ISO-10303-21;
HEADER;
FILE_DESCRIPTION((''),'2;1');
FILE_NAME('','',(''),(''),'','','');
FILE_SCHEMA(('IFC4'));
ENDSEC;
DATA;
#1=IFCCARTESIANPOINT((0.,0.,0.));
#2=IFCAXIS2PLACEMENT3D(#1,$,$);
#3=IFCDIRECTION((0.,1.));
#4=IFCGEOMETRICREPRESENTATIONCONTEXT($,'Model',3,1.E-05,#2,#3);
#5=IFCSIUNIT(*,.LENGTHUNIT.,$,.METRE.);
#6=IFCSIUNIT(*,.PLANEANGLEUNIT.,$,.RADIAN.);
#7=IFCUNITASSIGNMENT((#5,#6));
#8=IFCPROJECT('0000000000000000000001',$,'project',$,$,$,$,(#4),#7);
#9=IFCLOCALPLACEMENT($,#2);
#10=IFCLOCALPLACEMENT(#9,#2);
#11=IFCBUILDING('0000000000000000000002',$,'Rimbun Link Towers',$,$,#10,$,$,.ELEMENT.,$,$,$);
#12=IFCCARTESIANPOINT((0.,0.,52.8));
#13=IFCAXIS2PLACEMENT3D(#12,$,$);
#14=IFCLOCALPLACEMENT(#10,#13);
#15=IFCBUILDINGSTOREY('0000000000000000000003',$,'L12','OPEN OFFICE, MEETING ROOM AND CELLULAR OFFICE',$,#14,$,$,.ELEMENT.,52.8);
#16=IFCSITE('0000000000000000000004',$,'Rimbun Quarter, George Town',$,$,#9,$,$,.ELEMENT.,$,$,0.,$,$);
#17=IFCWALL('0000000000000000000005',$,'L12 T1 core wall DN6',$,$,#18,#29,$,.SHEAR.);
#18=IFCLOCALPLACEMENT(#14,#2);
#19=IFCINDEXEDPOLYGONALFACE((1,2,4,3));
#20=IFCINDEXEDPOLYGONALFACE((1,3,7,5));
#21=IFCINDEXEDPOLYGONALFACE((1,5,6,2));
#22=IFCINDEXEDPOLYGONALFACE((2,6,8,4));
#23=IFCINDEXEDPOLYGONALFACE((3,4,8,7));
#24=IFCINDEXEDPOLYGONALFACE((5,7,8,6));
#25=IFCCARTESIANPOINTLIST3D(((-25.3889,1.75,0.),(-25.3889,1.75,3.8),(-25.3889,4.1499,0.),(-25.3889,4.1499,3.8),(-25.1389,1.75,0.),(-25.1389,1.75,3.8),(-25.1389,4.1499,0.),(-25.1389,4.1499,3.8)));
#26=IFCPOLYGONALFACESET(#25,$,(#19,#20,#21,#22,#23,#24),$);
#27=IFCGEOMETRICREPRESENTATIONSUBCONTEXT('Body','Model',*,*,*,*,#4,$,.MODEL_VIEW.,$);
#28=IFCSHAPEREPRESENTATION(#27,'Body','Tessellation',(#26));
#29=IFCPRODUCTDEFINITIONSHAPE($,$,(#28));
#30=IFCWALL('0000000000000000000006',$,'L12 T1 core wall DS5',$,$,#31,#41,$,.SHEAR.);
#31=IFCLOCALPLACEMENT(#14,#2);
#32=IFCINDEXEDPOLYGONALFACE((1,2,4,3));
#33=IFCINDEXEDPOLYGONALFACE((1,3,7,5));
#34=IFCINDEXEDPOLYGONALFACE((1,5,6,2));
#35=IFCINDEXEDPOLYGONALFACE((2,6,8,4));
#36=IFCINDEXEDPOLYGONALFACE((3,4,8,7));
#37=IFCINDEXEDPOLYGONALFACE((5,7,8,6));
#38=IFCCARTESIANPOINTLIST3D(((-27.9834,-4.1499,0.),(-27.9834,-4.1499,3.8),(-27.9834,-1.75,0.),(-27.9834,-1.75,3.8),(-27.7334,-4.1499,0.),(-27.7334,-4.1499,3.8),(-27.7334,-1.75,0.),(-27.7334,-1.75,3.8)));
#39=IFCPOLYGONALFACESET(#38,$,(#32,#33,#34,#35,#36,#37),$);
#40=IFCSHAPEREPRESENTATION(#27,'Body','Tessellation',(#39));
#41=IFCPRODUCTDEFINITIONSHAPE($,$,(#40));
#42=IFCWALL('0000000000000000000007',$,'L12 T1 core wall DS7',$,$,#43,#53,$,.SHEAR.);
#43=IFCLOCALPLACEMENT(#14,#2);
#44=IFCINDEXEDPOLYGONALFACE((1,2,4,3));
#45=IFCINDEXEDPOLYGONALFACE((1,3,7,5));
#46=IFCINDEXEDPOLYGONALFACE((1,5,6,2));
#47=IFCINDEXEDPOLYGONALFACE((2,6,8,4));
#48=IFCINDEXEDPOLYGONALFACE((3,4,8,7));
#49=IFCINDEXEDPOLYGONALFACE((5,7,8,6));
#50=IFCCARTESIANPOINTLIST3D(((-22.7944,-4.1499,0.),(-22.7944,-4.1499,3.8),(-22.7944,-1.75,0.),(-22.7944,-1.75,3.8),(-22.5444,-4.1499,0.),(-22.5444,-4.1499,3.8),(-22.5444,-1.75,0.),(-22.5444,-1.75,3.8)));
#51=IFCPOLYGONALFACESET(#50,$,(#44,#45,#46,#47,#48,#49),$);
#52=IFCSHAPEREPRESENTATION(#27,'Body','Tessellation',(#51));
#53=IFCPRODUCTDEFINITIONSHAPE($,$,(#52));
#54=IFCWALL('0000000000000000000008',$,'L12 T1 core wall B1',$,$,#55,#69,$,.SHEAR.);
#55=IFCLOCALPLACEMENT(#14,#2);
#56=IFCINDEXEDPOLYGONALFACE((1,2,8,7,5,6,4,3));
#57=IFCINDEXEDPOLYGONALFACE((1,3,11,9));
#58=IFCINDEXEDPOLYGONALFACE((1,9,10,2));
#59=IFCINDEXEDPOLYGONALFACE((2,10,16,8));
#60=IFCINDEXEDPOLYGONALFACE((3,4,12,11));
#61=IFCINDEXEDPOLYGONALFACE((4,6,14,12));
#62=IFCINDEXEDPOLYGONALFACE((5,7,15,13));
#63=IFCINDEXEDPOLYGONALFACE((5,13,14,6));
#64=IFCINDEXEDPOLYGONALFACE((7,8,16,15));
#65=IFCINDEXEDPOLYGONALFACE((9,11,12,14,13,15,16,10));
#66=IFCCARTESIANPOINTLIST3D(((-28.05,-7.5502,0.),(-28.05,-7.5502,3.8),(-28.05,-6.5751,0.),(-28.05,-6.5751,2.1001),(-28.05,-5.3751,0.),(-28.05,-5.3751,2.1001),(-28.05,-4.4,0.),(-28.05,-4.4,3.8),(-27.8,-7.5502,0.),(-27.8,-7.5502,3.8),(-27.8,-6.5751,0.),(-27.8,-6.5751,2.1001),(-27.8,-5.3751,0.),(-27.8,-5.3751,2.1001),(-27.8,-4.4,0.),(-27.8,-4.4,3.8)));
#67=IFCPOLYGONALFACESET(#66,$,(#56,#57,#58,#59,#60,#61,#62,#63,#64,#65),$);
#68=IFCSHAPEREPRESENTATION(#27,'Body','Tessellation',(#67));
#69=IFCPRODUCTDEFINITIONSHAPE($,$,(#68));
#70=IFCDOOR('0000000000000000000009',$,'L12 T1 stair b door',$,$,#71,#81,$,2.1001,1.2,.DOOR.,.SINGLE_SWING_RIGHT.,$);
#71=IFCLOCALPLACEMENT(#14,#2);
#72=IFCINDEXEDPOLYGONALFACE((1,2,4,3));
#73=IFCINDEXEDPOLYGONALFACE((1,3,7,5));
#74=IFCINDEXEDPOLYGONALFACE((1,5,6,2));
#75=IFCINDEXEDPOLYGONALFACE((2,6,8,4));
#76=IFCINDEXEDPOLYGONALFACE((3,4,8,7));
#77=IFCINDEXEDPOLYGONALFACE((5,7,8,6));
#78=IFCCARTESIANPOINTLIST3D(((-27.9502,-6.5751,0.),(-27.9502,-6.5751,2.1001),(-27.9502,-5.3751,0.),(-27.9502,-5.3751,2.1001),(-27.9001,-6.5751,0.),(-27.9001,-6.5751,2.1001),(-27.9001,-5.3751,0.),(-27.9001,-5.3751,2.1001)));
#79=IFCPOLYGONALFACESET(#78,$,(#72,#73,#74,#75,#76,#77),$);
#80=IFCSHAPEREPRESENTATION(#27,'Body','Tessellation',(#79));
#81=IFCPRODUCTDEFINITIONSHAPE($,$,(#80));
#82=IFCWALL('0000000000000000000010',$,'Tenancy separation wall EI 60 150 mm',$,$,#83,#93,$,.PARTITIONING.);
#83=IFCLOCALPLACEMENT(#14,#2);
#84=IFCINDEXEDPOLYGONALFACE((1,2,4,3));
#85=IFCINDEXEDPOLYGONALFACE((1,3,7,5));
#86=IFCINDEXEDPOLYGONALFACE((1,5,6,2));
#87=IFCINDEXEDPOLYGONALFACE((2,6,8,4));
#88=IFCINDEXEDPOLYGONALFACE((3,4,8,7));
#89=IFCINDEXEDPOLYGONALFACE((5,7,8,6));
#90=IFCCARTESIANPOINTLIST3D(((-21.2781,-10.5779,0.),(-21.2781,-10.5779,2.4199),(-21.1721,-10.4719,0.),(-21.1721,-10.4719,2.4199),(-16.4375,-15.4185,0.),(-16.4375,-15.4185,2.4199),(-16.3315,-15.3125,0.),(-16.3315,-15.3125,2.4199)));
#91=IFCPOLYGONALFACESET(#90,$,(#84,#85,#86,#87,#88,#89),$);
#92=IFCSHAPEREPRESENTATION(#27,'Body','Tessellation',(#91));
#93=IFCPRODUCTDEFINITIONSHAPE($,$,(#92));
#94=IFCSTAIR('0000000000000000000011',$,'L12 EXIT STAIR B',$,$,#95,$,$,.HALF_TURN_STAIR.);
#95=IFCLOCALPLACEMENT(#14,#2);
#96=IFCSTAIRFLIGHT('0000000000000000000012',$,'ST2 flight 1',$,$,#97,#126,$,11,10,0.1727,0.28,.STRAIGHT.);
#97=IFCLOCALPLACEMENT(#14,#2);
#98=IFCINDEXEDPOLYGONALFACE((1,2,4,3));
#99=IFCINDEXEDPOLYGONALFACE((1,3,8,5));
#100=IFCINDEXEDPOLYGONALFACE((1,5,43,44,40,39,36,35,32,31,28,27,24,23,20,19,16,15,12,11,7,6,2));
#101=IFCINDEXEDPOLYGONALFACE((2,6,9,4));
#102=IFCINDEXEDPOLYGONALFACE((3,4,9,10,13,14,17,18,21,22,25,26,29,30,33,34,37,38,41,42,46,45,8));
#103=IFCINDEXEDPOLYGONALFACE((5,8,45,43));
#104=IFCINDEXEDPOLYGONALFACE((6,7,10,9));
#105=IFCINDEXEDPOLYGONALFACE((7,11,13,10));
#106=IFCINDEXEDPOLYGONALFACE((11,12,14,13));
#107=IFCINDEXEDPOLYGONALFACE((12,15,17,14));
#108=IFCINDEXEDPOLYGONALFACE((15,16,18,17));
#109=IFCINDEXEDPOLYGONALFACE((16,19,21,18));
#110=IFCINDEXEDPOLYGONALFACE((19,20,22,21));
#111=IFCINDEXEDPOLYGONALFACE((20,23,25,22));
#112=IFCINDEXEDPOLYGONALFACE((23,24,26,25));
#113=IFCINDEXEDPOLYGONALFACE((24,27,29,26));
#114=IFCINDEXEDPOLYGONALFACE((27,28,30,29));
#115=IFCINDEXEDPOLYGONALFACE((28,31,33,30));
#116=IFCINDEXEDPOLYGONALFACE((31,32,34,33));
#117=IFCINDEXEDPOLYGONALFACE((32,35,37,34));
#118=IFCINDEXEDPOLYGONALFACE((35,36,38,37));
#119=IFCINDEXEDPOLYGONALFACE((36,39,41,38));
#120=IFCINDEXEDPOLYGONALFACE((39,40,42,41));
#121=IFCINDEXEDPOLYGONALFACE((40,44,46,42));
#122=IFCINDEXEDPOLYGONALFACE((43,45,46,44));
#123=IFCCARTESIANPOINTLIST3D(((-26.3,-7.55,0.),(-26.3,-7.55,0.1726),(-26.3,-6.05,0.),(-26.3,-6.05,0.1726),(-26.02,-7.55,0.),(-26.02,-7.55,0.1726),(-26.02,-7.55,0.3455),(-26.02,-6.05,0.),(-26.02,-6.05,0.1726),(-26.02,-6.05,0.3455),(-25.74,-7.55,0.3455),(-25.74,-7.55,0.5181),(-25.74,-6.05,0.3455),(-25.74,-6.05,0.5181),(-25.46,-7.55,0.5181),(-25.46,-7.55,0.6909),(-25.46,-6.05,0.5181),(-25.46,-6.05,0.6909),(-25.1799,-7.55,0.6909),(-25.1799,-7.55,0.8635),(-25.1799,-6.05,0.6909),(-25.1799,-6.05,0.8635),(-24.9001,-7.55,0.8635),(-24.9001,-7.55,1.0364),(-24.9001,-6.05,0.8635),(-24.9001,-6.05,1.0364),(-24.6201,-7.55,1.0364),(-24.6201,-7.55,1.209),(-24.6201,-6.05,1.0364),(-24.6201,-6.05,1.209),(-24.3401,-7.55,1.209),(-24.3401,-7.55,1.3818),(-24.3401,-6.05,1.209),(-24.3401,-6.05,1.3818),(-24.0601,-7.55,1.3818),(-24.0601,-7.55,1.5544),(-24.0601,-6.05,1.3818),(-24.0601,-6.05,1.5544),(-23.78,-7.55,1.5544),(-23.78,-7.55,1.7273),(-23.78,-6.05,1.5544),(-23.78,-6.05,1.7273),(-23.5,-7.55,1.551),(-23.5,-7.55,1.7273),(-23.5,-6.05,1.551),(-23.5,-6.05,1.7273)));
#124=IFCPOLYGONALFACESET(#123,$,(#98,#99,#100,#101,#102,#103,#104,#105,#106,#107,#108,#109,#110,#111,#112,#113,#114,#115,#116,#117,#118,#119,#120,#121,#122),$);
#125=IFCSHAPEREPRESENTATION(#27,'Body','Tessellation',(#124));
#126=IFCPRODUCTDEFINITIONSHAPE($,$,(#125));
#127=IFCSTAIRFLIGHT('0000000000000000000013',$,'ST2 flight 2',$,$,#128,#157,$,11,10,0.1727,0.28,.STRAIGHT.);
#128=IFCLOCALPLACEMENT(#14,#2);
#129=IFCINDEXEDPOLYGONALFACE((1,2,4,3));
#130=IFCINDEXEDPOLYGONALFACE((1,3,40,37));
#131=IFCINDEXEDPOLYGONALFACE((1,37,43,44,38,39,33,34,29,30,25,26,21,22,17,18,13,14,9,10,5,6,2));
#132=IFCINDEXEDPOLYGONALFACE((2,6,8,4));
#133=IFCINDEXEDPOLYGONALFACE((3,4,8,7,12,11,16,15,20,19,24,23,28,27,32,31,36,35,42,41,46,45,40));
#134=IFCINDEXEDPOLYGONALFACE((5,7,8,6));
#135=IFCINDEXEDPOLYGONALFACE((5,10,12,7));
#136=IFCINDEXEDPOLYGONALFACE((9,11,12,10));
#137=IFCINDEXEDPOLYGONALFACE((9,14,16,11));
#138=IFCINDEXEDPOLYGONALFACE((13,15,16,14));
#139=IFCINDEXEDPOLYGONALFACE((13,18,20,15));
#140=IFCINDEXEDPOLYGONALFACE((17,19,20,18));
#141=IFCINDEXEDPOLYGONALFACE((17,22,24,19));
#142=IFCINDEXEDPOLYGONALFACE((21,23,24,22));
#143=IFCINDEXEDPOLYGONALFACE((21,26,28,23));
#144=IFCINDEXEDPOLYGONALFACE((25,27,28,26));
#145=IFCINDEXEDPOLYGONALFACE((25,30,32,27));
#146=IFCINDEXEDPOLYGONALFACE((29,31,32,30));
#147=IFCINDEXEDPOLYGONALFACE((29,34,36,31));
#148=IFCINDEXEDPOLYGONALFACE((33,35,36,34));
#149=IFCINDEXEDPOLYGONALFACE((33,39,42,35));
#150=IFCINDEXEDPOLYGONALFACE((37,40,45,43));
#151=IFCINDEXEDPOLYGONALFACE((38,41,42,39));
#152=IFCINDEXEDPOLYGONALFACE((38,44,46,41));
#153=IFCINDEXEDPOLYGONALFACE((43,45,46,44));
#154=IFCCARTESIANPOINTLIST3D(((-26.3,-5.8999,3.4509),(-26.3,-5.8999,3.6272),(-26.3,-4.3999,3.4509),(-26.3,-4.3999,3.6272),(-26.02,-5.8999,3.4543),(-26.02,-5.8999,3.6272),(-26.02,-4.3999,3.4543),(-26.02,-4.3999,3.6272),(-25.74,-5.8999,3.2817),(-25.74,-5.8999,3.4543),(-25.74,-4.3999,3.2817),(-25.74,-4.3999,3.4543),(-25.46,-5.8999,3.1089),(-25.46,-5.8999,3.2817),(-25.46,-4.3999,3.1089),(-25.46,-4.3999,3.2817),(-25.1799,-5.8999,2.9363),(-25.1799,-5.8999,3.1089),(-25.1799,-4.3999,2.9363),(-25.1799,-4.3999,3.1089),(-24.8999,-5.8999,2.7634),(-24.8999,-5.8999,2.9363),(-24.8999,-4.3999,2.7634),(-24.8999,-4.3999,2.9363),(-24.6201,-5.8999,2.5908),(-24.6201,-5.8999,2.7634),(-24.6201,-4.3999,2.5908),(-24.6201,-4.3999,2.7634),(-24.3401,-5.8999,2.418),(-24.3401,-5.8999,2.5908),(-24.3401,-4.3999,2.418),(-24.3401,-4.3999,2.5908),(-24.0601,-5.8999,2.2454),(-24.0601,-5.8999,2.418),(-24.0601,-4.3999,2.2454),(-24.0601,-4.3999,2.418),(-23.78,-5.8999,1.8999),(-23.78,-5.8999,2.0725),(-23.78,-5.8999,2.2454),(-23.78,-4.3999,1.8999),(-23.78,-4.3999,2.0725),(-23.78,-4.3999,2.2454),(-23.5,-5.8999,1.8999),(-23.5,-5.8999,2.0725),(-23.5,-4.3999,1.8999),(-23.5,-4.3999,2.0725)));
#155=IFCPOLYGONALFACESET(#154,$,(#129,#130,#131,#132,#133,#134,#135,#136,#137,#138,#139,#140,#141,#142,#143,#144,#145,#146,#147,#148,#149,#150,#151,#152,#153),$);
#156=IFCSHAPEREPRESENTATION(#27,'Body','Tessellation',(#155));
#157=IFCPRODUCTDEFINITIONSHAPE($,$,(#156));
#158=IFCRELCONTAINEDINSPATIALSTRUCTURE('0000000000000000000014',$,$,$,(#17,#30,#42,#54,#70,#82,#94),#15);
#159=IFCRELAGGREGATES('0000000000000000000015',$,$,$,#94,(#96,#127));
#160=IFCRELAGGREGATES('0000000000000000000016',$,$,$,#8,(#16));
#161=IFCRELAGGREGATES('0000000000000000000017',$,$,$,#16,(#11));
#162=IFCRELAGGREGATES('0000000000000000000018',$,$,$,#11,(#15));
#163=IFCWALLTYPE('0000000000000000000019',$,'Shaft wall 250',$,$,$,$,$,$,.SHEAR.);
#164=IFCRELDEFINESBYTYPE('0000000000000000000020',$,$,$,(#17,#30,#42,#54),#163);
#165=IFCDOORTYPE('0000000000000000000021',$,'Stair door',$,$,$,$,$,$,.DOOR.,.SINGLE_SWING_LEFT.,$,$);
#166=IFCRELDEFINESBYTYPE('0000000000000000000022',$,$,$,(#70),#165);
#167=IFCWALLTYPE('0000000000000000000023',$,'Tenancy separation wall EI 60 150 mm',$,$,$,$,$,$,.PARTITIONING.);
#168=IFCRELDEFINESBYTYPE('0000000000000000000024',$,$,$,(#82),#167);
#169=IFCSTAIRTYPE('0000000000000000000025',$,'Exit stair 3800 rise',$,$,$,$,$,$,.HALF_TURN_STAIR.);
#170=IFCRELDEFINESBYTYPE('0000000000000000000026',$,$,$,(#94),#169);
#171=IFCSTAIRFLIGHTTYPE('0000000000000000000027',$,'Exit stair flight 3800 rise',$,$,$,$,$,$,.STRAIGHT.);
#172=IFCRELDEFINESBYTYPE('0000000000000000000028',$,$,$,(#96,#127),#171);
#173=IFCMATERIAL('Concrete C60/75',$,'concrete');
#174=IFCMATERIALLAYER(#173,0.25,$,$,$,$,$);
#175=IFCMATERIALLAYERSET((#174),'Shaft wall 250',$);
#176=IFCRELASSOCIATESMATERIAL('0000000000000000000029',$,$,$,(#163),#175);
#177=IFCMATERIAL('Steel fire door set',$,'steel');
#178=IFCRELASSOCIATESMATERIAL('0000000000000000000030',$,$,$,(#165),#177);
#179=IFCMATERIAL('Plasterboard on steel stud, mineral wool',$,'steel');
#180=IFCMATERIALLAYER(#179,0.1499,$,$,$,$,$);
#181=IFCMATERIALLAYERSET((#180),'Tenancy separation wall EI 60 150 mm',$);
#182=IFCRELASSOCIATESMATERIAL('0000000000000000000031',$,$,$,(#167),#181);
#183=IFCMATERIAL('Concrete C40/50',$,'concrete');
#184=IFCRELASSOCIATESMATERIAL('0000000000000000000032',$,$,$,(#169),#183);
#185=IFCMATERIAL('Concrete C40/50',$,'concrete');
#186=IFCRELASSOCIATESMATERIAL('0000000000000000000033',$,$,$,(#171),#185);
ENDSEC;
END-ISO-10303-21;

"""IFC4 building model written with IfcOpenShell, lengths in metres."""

from ifc_helpers import new_model, si_unit, direction, frame, frame_2d, origin, place, context, subcontext, project, spatial, polyline, rectangle, outline, extrude, material, layer, layer_set, type_object, element, fill, aggregate, save


model = new_model("IFC4")

# Units and contexts
model_context = context("Model", 3, precision=1e-05, world=origin(), true_north=direction((0.0, 1.0)))
body_context = subcontext(model_context, "Body", "Model", "MODEL_VIEW")
ifc_project = project(units=[si_unit("LENGTHUNIT", "METRE"), si_unit("PLANEANGLEUNIT", "RADIAN")], contexts=[model_context])

# Site, building, storey
site_placement = place(None, origin())
site = spatial("IfcSite", under=ifc_project, at=site_placement, Name="Rimbun Quarter, George Town", CompositionType="ELEMENT", RefElevation=0.0)
building_placement = place(site_placement, origin())
building = spatial("IfcBuilding", under=site, at=building_placement, Name="Rimbun Link Towers", CompositionType="ELEMENT")
storey_placement = place(building_placement, frame((0.0, 0.0, 52.8)))
storey = spatial("IfcBuildingStorey", under=building, at=storey_placement, Name="L12", Description="OPEN OFFICE, MEETING ROOM AND CELLULAR OFFICE", CompositionType="ELEMENT", Elevation=52.8)

# Walls
ifc_material_1 = material(Name="Concrete C60/75", Category="concrete")
ifc_layer_1 = layer(ifc_material_1, 0.25)
ifc_layer_set_1 = layer_set([ifc_layer_1], Name="Shaft wall 250")
wall_type_1 = type_object("IfcWallType", Name="Shaft wall 250", PredefinedType="SHEAR", material=ifc_layer_set_1)
for number, where, z_axis, x_axis, name in (
    (1, (-25.2639, 1.75, 0.0), (0.0, 0.0, 1.0), (0.0, 1.0, 0.0), "L12 T1 core wall DN6"),
    (2, (-27.8584, -4.1499, 0.0), (0.0, 0.0, 1.0), (0.0, 1.0, 0.0), "L12 T1 core wall DS5"),
    (3, (-22.6694, -4.1499, 0.0), (0.0, 0.0, 1.0), (0.0, 1.0, 0.0), "L12 T1 core wall DS7"),
):
    element("IfcWall", number, at=place(storey_placement, frame(where, z_axis=z_axis, x_axis=x_axis)), inside=storey, type_object=wall_type_1, Name=name, PredefinedType="SHEAR", context=body_context, shape_type="SweptSolid", body=[
        extrude(rectangle(XDim=2.3999, YDim=0.25, at=frame_2d((1.2, 0.0))), origin(), (0.0, 0.0, 1.0), 3.8),
    ])

# Wall, opening, door
wall_1_placement = place(storey_placement, frame((-27.925, -4.3999, 0.0), z_axis=(0.0, 0.0, 1.0), x_axis=(0.0, -1.0, 0.0)))
wall_1 = element("IfcWall", 4, at=wall_1_placement, inside=storey, type_object=wall_type_1, Name="L12 T1 core wall B1", PredefinedType="SHEAR", context=body_context, shape_type="SweptSolid", body=[
    extrude(rectangle(XDim=3.1501, YDim=0.25, at=frame_2d((1.5752, 0.0))), origin(), (0.0, 0.0, 1.0), 3.8),
])
opening_1_placement = place(wall_1_placement, frame((0.9751, 0.0, 0.0)))
opening_1 = element("IfcOpeningElement", 5, at=opening_1_placement, cuts=wall_1, PredefinedType="OPENING", context=body_context, shape_type="SweptSolid", body=[
    extrude(rectangle(XDim=1.2, YDim=2.1001, at=frame_2d((0.6001, 1.05))), frame((0.0, 0.135, 0.0), z_axis=(0.0, -1.0, 0.0), x_axis=(1.0, 0.0, 0.0)), (0.0, 0.0, 1.0), 0.27),
])
ifc_material_2 = material(Name="Steel fire door set", Category="steel")
door_type_1 = type_object("IfcDoorType", Name="Stair door", OperationType="SINGLE_SWING_LEFT", PredefinedType="DOOR", material=ifc_material_2)
door_1_placement = place(opening_1_placement, origin())
door_1 = element("IfcDoor", 6, at=door_1_placement, inside=storey, type_object=door_type_1, Name="L12 T1 stair b door", OperationType="SINGLE_SWING_RIGHT", OverallHeight=2.1001, OverallWidth=1.2, PredefinedType="DOOR", context=body_context, shape_type="SweptSolid", body=[
    extrude(rectangle(XDim=1.2, YDim=2.1001, at=frame_2d((0.6001, 1.05))), frame((0.0, 0.0249, 0.0), z_axis=(0.0, -1.0, 0.0), x_axis=(1.0, 0.0, 0.0)), (0.0, 0.0, 1.0), 0.05),
])
fill(opening_1, door_1)

# Wall
ifc_material_3 = material(Name="Plasterboard on steel stud, mineral wool", Category="steel")
ifc_layer_2 = layer(ifc_material_3, 0.1499)
ifc_layer_set_2 = layer_set([ifc_layer_2], Name="Tenancy separation wall EI 60 150 mm")
wall_type_2 = type_object("IfcWallType", Name="Tenancy separation wall EI 60 150 mm", PredefinedType="PARTITIONING", material=ifc_layer_set_2)
wall_2_placement = place(storey_placement, frame((-21.2251, -10.5249, 0.0), z_axis=(0.0, 0.0, 1.0), x_axis=(0.707107, -0.707107, 0.0)))
element("IfcWall", 7, at=wall_2_placement, inside=storey, type_object=wall_type_2, Name="Tenancy separation wall EI 60 150 mm", PredefinedType="PARTITIONING", context=body_context, shape_type="SweptSolid", body=[
    extrude(rectangle(XDim=6.8457, YDim=0.1499, at=frame_2d((3.4229, 0.0))), origin(), (0.0, 0.0, 1.0), 2.4199),
])

# Stair, stair flights
ifc_material_4 = material(Name="Concrete C40/50", Category="concrete")
stair_type = type_object("IfcStairType", Name="Exit stair 3800 rise", PredefinedType="HALF_TURN_STAIR", material=ifc_material_4)
stair_placement = place(storey_placement, origin())
stair = element("IfcStair", 8, at=stair_placement, inside=storey, type_object=stair_type, Name="L12 EXIT STAIR B", PredefinedType="HALF_TURN_STAIR")
ifc_material_5 = material(Name="Concrete C40/50", Category="concrete")
stair_flight_type = type_object("IfcStairFlightType", Name="Exit stair flight 3800 rise", PredefinedType="STRAIGHT", material=ifc_material_5)
stair_flight_1_placement = place(storey_placement, frame((-26.3, -6.8, 0.0), z_axis=(0.0, 0.0, 1.0), x_axis=(1.0, 0.0, 0.0)))
stair_flight_1 = element("IfcStairFlight", 9, at=stair_flight_1_placement, type_object=stair_flight_type, Name="ST2 flight 1", NumberOfRisers=11, NumberOfTreads=10, PredefinedType="STRAIGHT", RiserHeight=0.1727, TreadLength=0.28, context=body_context, shape_type="SweptSolid", body=[
    extrude(outline(polyline([(0.0, 0.0), (0.0, 0.1726), (0.28, 0.1726), (0.28, 0.3455), (0.5601, 0.3455), (0.5601, 0.5181), (0.8401, 0.5181), (0.8401, 0.6909), (1.1201, 0.6909), (1.1201, 0.8635), (1.3999, 0.8635), (1.3999, 1.0364), (1.6799, 1.0364), (1.6799, 1.209), (1.96, 1.209), (1.96, 1.3818), (2.24, 1.3818), (2.24, 1.5544), (2.52, 1.5544), (2.52, 1.7273), (2.8, 1.7273), (2.8, 1.8999), (2.8, 1.551), (0.28, 0.0), (0.0, 0.0)])), frame((0.0, 0.75, 0.0), z_axis=(0.0, -1.0, 0.0), x_axis=(1.0, 0.0, 0.0)), (0.0, 0.0, 1.0), 1.5),
])
stair_flight_2_placement = place(storey_placement, frame((-23.5, -5.1499, 1.8999), z_axis=(0.0, 0.0, 1.0), x_axis=(-1.0, 0.0, 0.0)))
stair_flight_2 = element("IfcStairFlight", 10, at=stair_flight_2_placement, type_object=stair_flight_type, Name="ST2 flight 2", NumberOfRisers=11, NumberOfTreads=10, PredefinedType="STRAIGHT", RiserHeight=0.1727, TreadLength=0.28, context=body_context, shape_type="SweptSolid", body=[
    extrude(outline(polyline([(0.0, 0.0), (0.0, 0.1726), (0.28, 0.1726), (0.28, 0.3455), (0.5601, 0.3455), (0.5601, 0.5181), (0.8401, 0.5181), (0.8401, 0.6909), (1.1201, 0.6909), (1.1201, 0.8635), (1.3999, 0.8635), (1.3999, 1.0364), (1.6799, 1.0364), (1.6799, 1.209), (1.96, 1.209), (1.96, 1.3818), (2.24, 1.3818), (2.24, 1.5544), (2.52, 1.5544), (2.52, 1.7273), (2.8, 1.7273), (2.8, 1.8999), (2.8, 1.551), (0.28, 0.0), (0.0, 0.0)])), frame((0.0, 0.75, 0.0), z_axis=(0.0, -1.0, 0.0), x_axis=(1.0, 0.0, 0.0)), (0.0, 0.0, 1.0), 1.5),
])
aggregate(stair, [stair_flight_1, stair_flight_2])

save(model, "model.ifc")
